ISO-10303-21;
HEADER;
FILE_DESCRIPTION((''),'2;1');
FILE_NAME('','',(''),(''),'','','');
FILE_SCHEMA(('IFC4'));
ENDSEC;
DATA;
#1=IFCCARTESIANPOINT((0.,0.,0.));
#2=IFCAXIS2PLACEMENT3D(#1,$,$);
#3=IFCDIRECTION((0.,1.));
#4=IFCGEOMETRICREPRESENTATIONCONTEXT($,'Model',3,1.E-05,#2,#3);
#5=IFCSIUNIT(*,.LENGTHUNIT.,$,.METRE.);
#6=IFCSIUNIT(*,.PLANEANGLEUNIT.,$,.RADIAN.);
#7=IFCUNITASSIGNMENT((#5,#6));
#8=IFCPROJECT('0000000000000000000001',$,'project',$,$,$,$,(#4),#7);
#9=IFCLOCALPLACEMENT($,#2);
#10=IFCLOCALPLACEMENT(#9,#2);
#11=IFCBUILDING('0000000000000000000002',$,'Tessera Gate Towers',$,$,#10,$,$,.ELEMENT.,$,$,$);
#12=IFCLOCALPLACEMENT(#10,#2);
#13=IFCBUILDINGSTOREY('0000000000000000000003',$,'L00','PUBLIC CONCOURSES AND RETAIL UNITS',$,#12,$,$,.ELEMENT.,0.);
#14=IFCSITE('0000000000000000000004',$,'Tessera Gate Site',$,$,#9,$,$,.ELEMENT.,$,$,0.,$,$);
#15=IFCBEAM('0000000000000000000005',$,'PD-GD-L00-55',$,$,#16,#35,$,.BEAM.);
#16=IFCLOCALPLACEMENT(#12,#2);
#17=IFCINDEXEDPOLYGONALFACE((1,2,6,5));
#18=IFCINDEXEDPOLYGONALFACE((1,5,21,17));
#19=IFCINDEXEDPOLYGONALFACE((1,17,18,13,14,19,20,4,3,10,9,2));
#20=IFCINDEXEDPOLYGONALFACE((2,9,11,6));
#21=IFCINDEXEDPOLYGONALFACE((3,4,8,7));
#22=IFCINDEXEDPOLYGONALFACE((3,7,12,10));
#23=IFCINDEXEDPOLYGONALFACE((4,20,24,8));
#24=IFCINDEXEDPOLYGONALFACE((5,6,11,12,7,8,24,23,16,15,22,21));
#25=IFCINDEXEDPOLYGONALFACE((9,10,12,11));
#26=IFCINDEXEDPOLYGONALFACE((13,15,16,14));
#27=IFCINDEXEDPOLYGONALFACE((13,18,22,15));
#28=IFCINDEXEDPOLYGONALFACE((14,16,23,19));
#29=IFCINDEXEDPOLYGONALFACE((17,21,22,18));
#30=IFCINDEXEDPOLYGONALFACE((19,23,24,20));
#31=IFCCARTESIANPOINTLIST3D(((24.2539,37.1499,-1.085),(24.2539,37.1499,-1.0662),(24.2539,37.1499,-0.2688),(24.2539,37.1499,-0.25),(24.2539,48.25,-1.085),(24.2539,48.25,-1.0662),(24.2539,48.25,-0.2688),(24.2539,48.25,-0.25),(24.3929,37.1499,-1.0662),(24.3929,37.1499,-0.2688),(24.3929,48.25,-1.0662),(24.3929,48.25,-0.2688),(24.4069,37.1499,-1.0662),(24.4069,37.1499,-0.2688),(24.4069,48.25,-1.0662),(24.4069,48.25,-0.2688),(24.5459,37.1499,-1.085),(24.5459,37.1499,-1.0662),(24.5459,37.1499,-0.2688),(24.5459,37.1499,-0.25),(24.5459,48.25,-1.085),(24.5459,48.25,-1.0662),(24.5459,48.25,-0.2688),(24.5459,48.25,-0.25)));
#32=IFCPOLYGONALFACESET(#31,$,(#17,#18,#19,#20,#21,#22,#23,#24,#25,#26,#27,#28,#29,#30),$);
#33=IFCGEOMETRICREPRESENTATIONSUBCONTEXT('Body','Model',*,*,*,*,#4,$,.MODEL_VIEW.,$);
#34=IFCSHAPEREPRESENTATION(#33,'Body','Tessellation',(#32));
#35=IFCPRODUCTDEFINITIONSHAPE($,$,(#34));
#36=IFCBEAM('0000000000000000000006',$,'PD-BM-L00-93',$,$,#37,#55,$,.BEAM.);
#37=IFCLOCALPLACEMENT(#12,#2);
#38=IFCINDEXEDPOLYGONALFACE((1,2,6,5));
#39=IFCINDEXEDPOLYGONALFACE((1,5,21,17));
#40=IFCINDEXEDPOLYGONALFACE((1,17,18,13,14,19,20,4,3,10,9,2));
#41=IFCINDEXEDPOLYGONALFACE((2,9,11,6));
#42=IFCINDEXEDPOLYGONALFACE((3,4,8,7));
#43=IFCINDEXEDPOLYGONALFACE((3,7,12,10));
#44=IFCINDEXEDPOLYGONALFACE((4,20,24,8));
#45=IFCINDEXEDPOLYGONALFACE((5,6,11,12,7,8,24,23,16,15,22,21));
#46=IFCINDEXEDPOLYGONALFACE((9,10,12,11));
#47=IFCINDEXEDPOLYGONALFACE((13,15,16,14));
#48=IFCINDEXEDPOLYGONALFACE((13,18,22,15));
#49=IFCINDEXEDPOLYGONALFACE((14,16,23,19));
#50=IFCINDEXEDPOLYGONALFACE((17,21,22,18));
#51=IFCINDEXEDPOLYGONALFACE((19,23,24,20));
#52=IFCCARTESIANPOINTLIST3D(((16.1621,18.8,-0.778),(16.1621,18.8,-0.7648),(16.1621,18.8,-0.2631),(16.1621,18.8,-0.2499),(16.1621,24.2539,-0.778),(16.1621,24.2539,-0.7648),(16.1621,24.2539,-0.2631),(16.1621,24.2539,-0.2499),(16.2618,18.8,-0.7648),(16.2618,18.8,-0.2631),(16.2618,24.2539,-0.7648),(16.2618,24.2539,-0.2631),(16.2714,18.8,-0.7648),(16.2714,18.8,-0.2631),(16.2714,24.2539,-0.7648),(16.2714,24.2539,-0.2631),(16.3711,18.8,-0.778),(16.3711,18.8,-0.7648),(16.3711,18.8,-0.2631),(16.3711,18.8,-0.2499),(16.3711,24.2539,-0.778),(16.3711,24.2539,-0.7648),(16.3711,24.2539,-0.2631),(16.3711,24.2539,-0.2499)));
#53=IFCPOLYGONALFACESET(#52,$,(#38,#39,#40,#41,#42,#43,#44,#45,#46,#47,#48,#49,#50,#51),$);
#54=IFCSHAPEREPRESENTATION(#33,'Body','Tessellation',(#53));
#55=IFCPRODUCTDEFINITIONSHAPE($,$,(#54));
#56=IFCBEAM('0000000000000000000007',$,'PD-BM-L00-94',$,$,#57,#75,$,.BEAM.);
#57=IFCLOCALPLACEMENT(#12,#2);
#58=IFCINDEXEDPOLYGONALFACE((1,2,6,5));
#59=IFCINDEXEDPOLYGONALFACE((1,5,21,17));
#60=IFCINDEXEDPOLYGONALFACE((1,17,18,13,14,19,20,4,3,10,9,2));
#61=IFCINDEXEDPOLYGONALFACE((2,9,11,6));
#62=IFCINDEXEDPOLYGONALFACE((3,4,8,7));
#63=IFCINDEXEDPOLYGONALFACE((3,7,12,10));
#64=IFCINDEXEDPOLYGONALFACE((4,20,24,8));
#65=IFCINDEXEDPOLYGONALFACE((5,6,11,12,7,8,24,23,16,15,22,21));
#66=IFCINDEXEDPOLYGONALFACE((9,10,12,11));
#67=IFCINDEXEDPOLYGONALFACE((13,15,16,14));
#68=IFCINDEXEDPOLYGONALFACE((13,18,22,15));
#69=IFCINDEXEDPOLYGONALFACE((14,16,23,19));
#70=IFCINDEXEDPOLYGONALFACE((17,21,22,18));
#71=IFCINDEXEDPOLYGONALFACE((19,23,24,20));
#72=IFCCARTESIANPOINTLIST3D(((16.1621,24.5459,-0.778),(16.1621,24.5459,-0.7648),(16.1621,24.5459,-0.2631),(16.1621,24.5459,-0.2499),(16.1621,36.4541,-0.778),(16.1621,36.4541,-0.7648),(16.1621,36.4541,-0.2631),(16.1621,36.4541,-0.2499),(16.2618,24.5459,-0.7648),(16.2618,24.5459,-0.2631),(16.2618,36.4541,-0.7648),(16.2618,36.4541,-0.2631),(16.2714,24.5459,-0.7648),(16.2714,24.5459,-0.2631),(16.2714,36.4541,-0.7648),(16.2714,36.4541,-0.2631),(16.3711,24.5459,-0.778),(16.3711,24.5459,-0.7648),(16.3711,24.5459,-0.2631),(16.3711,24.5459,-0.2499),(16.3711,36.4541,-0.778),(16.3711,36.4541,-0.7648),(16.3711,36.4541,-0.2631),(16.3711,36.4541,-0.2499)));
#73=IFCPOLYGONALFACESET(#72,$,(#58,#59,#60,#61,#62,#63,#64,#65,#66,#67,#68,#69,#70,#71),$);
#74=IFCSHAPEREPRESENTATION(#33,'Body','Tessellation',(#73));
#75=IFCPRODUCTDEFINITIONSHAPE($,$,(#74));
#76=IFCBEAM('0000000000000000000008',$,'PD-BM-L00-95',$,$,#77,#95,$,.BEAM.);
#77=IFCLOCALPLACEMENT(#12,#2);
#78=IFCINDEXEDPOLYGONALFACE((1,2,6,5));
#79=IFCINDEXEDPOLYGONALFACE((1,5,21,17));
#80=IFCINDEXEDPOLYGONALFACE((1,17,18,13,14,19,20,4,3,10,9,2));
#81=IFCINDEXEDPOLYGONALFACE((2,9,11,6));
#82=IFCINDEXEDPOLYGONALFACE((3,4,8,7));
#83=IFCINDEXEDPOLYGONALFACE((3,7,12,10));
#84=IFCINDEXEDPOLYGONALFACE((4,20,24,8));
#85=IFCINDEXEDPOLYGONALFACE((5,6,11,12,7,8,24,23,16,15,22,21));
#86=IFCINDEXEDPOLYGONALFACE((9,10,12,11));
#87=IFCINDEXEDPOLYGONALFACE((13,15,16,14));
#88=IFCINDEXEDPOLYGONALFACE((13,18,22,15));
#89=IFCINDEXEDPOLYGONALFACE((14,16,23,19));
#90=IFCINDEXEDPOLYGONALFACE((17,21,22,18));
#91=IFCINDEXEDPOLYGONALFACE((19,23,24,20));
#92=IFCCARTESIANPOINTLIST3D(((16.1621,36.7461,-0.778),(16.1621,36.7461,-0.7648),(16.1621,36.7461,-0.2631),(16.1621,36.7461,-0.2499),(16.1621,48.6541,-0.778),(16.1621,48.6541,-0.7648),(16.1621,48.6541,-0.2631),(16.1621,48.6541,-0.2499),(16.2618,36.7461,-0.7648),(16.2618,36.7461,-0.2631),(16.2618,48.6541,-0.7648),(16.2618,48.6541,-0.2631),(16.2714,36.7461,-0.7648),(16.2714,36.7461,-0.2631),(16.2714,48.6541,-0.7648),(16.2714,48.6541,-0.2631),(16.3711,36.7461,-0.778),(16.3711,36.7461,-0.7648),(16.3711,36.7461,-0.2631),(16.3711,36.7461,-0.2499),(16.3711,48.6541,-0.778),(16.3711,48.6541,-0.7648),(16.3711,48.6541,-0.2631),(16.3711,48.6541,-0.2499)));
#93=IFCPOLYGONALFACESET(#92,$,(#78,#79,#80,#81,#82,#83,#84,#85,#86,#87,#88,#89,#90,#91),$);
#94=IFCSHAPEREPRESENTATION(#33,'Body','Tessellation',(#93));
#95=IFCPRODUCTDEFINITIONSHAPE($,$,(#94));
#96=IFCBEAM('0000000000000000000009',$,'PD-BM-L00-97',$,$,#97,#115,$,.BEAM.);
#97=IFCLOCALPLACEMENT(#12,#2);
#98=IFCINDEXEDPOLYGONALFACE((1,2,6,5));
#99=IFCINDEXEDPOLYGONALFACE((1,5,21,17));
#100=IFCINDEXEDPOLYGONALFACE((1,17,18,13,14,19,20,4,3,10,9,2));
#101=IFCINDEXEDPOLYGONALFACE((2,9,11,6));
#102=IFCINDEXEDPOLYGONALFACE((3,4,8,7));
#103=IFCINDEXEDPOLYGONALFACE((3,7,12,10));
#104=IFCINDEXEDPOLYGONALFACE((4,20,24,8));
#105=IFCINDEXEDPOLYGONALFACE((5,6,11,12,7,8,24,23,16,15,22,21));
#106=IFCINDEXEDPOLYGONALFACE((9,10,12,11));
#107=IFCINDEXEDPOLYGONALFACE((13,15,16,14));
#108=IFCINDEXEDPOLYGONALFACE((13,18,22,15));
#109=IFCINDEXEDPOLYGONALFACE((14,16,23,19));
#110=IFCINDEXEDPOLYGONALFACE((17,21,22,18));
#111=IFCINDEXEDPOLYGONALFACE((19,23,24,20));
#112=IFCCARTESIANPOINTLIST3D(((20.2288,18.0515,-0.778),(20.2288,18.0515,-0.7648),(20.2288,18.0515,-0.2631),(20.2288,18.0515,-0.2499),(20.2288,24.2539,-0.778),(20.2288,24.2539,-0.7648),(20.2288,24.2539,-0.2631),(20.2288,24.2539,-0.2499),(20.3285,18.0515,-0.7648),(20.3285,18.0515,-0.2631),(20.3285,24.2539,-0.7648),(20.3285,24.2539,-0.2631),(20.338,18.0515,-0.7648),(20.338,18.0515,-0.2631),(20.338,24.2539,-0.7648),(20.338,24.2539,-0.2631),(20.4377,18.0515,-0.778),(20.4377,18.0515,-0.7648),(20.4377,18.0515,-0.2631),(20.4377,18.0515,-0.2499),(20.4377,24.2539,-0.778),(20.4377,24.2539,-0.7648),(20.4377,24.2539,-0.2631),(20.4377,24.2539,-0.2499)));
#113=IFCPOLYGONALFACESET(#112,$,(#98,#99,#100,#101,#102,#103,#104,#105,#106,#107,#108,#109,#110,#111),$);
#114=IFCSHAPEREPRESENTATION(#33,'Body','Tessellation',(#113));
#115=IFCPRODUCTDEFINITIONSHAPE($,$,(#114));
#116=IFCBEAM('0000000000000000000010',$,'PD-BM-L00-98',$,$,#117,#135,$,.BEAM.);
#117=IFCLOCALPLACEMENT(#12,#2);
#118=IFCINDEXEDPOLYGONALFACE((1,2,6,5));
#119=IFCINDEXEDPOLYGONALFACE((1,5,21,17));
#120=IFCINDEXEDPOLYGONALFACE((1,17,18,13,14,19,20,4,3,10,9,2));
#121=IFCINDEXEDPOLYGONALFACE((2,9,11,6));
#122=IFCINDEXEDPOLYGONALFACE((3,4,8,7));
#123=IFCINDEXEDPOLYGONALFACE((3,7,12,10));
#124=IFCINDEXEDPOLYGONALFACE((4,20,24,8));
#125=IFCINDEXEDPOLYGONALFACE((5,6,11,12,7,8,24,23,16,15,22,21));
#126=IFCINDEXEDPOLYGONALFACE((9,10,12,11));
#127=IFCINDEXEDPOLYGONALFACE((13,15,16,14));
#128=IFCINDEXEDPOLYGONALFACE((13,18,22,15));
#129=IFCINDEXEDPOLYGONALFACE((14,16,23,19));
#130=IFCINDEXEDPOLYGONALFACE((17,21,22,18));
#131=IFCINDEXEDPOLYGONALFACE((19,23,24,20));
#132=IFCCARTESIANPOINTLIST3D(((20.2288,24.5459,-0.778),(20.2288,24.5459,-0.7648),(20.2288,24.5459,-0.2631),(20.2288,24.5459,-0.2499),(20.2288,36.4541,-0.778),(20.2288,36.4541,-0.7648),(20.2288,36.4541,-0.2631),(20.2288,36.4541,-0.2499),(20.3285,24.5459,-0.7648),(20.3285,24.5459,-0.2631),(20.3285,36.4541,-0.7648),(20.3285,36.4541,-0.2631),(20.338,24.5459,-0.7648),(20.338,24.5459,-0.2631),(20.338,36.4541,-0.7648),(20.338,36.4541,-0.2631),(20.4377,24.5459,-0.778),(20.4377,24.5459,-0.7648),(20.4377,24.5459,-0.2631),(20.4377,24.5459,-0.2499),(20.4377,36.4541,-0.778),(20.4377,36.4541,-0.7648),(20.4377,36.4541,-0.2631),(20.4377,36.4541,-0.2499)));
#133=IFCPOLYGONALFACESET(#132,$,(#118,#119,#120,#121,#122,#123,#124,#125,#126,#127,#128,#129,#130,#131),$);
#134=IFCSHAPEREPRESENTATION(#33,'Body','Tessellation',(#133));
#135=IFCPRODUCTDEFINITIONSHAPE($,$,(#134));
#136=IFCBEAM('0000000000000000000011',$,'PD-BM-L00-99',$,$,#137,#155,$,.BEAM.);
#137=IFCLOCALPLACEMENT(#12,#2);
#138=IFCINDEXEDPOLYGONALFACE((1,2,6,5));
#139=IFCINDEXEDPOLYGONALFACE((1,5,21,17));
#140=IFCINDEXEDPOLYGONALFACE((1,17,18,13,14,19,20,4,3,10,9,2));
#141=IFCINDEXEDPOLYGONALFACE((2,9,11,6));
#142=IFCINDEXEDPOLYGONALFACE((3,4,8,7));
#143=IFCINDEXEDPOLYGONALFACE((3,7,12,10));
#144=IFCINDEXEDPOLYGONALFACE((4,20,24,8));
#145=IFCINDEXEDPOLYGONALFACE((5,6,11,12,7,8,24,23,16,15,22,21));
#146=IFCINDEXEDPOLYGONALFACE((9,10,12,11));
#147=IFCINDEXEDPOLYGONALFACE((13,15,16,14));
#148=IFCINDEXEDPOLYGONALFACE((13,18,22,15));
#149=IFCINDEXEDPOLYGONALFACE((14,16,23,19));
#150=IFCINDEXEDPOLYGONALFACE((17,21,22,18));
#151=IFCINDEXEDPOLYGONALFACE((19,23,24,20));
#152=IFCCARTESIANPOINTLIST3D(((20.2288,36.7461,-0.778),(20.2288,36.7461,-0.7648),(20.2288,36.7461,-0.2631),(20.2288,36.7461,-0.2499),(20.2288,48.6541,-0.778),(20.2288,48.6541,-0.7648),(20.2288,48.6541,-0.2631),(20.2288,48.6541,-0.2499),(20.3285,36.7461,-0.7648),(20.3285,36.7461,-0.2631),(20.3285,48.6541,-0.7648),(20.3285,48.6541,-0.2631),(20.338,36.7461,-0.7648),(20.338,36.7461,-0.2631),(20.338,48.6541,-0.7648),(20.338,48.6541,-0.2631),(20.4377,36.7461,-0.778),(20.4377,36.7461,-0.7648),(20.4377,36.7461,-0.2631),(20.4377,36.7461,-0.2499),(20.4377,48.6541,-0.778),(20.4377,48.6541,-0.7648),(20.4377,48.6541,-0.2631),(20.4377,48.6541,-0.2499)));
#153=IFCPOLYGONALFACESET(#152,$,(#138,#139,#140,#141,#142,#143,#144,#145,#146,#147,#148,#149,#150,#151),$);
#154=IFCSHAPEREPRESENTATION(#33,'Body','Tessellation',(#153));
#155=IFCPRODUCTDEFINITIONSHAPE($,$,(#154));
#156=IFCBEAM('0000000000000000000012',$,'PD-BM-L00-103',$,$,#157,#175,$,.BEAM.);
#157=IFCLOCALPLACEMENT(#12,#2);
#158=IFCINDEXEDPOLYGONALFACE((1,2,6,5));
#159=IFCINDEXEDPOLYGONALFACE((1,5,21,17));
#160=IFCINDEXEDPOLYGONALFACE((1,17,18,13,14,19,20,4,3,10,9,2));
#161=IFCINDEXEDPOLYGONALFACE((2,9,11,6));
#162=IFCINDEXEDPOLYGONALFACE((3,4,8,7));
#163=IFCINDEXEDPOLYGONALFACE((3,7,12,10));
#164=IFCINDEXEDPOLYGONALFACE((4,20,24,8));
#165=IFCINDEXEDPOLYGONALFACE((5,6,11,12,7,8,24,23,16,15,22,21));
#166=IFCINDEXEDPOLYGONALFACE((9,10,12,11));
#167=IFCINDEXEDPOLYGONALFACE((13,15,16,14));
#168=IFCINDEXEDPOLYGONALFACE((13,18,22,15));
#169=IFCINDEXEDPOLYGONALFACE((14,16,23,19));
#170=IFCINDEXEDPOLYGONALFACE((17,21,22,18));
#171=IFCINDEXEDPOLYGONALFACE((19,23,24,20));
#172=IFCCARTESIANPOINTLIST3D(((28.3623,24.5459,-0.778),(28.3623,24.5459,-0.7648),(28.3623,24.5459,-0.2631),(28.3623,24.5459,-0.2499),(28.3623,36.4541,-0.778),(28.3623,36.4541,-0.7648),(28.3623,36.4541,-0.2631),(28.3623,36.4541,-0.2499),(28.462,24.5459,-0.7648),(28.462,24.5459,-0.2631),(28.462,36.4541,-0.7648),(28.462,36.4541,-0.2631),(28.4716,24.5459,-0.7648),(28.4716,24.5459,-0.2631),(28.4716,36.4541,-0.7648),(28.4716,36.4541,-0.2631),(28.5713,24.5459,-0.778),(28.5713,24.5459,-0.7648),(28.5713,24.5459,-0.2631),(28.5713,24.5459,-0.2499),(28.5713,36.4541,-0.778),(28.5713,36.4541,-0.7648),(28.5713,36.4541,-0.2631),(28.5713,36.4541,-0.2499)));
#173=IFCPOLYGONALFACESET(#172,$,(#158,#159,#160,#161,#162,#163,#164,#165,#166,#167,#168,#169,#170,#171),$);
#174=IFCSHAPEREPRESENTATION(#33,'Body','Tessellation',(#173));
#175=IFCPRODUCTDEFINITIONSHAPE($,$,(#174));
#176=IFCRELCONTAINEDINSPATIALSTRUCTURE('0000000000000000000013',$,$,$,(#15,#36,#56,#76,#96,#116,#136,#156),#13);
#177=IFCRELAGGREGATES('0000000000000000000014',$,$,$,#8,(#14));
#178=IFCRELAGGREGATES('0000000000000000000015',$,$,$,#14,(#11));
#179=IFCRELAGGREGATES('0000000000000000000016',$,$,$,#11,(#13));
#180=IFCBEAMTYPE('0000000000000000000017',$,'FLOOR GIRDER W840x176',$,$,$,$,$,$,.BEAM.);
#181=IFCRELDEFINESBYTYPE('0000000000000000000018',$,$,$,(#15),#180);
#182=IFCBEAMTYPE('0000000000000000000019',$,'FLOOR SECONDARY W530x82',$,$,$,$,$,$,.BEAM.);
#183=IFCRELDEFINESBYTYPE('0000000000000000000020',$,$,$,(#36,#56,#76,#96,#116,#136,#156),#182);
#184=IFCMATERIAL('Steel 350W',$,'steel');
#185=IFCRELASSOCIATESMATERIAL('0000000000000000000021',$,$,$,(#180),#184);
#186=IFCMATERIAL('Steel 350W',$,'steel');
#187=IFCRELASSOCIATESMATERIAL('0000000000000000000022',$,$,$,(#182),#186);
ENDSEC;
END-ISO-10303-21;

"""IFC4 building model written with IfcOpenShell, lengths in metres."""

from ifc_helpers import new_model, si_unit, direction, frame, origin, origin_2d, place, context, subcontext, project, spatial, i_section, extrude, material, material_profile, profile_set, type_object, element, save


model = new_model("IFC4")

# Units and contexts
model_context = context("Model", 3, precision=1e-05, world=origin(), true_north=direction((0.0, 1.0)))
body_context = subcontext(model_context, "Body", "Model", "MODEL_VIEW")
ifc_project = project(units=[si_unit("LENGTHUNIT", "METRE"), si_unit("PLANEANGLEUNIT", "RADIAN")], contexts=[model_context])

# Site, building, storey
site_placement = place(None, origin())
site = spatial("IfcSite", under=ifc_project, at=site_placement, Name="Tessera Gate Site", CompositionType="ELEMENT", RefElevation=0.0)
building_placement = place(site_placement, origin())
building = spatial("IfcBuilding", under=site, at=building_placement, Name="Tessera Gate Towers", CompositionType="ELEMENT")
storey_placement = place(building_placement, origin())
storey = spatial("IfcBuildingStorey", under=building, at=storey_placement, Name="L00", Description="PUBLIC CONCOURSES AND RETAIL UNITS", CompositionType="ELEMENT", Elevation=0.0)

# Beams
ifc_material_1 = material(Name="Steel 350W", Category="steel")
ifc_material_profile_1 = material_profile(ifc_material_1, i_section(OverallWidth=0.292, OverallDepth=0.835, WebThickness=0.0139, FlangeThickness=0.0188, at=origin_2d()), Name="W840x176")
ifc_profile_set_1 = profile_set([ifc_material_profile_1], Name="Steel 350W")
beam_type_1 = type_object("IfcBeamType", Name="FLOOR GIRDER W840x176", PredefinedType="BEAM", material=ifc_profile_set_1)
for number, where, z_axis, x_axis, name in (
    (1, (24.3999, 37.1499, -0.6675), (0.0, 1.0, 0.0), (-1.0, 0.0, 0.0), "PD-GD-L00-55"),
):
    element("IfcBeam", number, at=place(storey_placement, frame(where, z_axis=z_axis, x_axis=x_axis)), inside=storey, type_object=beam_type_1, Name=name, PredefinedType="BEAM", context=body_context, shape_type="SweptSolid", body=[
        extrude(i_section(OverallWidth=0.292, OverallDepth=0.835, WebThickness=0.0139, FlangeThickness=0.0188, at=origin_2d()), origin(), (0.0, 0.0, 1.0), 11.1001),
    ])
ifc_material_2 = material(Name="Steel 350W", Category="steel")
ifc_material_profile_2 = material_profile(ifc_material_2, i_section(OverallWidth=0.209, OverallDepth=0.5281, WebThickness=0.0095, FlangeThickness=0.0132, at=origin_2d()), Name="W530x82")
ifc_profile_set_2 = profile_set([ifc_material_profile_2], Name="Steel 350W")
beam_type_2 = type_object("IfcBeamType", Name="FLOOR SECONDARY W530x82", PredefinedType="BEAM", material=ifc_profile_set_2)
beam_1_placement = place(storey_placement, frame((16.2666, 18.8, -0.5139), z_axis=(0.0, 1.0, 0.0), x_axis=(-1.0, 0.0, 0.0)))
element("IfcBeam", 2, at=beam_1_placement, inside=storey, type_object=beam_type_2, Name="PD-BM-L00-93", PredefinedType="BEAM", context=body_context, shape_type="SweptSolid", body=[
    extrude(i_section(OverallWidth=0.209, OverallDepth=0.5281, WebThickness=0.0095, FlangeThickness=0.0132, at=origin_2d()), origin(), (0.0, 0.0, 1.0), 5.4539),
])
beam_2_placement = place(storey_placement, frame((16.2666, 24.5459, -0.5139), z_axis=(0.0, 1.0, 0.0), x_axis=(-1.0, 0.0, 0.0)))
element("IfcBeam", 3, at=beam_2_placement, inside=storey, type_object=beam_type_2, Name="PD-BM-L00-94", PredefinedType="BEAM", context=body_context, shape_type="SweptSolid", body=[
    extrude(i_section(OverallWidth=0.209, OverallDepth=0.5281, WebThickness=0.0095, FlangeThickness=0.0132, at=origin_2d()), origin(), (0.0, 0.0, 1.0), 11.9082),
])
beam_3_placement = place(storey_placement, frame((16.2666, 36.7461, -0.5139), z_axis=(0.0, 1.0, 0.0), x_axis=(-1.0, 0.0, 0.0)))
element("IfcBeam", 4, at=beam_3_placement, inside=storey, type_object=beam_type_2, Name="PD-BM-L00-95", PredefinedType="BEAM", context=body_context, shape_type="SweptSolid", body=[
    extrude(i_section(OverallWidth=0.209, OverallDepth=0.5281, WebThickness=0.0095, FlangeThickness=0.0132, at=origin_2d()), origin(), (0.0, 0.0, 1.0), 11.908),
])
beam_4_placement = place(storey_placement, frame((20.3333, 18.0515, -0.5139), z_axis=(0.0, 1.0, 0.0), x_axis=(-1.0, 0.0, 0.0)))
element("IfcBeam", 5, at=beam_4_placement, inside=storey, type_object=beam_type_2, Name="PD-BM-L00-97", PredefinedType="BEAM", context=body_context, shape_type="SweptSolid", body=[
    extrude(i_section(OverallWidth=0.209, OverallDepth=0.5281, WebThickness=0.0095, FlangeThickness=0.0132, at=origin_2d()), origin(), (0.0, 0.0, 1.0), 6.2024),
])
beam_5_placement = place(storey_placement, frame((20.3333, 24.5459, -0.5139), z_axis=(0.0, 1.0, 0.0), x_axis=(-1.0, 0.0, 0.0)))
element("IfcBeam", 6, at=beam_5_placement, inside=storey, type_object=beam_type_2, Name="PD-BM-L00-98", PredefinedType="BEAM", context=body_context, shape_type="SweptSolid", body=[
    extrude(i_section(OverallWidth=0.209, OverallDepth=0.5281, WebThickness=0.0095, FlangeThickness=0.0132, at=origin_2d()), origin(), (0.0, 0.0, 1.0), 11.9082),
])
beam_6_placement = place(storey_placement, frame((20.3333, 36.7461, -0.5139), z_axis=(0.0, 1.0, 0.0), x_axis=(-1.0, 0.0, 0.0)))
element("IfcBeam", 7, at=beam_6_placement, inside=storey, type_object=beam_type_2, Name="PD-BM-L00-99", PredefinedType="BEAM", context=body_context, shape_type="SweptSolid", body=[
    extrude(i_section(OverallWidth=0.209, OverallDepth=0.5281, WebThickness=0.0095, FlangeThickness=0.0132, at=origin_2d()), origin(), (0.0, 0.0, 1.0), 11.908),
])
beam_7_placement = place(storey_placement, frame((28.4668, 24.5459, -0.5139), z_axis=(0.0, 1.0, 0.0), x_axis=(-1.0, 0.0, 0.0)))
element("IfcBeam", 8, at=beam_7_placement, inside=storey, type_object=beam_type_2, Name="PD-BM-L00-103", PredefinedType="BEAM", context=body_context, shape_type="SweptSolid", body=[
    extrude(i_section(OverallWidth=0.209, OverallDepth=0.5281, WebThickness=0.0095, FlangeThickness=0.0132, at=origin_2d()), origin(), (0.0, 0.0, 1.0), 11.9082),
])

save(model, "model.ifc")
